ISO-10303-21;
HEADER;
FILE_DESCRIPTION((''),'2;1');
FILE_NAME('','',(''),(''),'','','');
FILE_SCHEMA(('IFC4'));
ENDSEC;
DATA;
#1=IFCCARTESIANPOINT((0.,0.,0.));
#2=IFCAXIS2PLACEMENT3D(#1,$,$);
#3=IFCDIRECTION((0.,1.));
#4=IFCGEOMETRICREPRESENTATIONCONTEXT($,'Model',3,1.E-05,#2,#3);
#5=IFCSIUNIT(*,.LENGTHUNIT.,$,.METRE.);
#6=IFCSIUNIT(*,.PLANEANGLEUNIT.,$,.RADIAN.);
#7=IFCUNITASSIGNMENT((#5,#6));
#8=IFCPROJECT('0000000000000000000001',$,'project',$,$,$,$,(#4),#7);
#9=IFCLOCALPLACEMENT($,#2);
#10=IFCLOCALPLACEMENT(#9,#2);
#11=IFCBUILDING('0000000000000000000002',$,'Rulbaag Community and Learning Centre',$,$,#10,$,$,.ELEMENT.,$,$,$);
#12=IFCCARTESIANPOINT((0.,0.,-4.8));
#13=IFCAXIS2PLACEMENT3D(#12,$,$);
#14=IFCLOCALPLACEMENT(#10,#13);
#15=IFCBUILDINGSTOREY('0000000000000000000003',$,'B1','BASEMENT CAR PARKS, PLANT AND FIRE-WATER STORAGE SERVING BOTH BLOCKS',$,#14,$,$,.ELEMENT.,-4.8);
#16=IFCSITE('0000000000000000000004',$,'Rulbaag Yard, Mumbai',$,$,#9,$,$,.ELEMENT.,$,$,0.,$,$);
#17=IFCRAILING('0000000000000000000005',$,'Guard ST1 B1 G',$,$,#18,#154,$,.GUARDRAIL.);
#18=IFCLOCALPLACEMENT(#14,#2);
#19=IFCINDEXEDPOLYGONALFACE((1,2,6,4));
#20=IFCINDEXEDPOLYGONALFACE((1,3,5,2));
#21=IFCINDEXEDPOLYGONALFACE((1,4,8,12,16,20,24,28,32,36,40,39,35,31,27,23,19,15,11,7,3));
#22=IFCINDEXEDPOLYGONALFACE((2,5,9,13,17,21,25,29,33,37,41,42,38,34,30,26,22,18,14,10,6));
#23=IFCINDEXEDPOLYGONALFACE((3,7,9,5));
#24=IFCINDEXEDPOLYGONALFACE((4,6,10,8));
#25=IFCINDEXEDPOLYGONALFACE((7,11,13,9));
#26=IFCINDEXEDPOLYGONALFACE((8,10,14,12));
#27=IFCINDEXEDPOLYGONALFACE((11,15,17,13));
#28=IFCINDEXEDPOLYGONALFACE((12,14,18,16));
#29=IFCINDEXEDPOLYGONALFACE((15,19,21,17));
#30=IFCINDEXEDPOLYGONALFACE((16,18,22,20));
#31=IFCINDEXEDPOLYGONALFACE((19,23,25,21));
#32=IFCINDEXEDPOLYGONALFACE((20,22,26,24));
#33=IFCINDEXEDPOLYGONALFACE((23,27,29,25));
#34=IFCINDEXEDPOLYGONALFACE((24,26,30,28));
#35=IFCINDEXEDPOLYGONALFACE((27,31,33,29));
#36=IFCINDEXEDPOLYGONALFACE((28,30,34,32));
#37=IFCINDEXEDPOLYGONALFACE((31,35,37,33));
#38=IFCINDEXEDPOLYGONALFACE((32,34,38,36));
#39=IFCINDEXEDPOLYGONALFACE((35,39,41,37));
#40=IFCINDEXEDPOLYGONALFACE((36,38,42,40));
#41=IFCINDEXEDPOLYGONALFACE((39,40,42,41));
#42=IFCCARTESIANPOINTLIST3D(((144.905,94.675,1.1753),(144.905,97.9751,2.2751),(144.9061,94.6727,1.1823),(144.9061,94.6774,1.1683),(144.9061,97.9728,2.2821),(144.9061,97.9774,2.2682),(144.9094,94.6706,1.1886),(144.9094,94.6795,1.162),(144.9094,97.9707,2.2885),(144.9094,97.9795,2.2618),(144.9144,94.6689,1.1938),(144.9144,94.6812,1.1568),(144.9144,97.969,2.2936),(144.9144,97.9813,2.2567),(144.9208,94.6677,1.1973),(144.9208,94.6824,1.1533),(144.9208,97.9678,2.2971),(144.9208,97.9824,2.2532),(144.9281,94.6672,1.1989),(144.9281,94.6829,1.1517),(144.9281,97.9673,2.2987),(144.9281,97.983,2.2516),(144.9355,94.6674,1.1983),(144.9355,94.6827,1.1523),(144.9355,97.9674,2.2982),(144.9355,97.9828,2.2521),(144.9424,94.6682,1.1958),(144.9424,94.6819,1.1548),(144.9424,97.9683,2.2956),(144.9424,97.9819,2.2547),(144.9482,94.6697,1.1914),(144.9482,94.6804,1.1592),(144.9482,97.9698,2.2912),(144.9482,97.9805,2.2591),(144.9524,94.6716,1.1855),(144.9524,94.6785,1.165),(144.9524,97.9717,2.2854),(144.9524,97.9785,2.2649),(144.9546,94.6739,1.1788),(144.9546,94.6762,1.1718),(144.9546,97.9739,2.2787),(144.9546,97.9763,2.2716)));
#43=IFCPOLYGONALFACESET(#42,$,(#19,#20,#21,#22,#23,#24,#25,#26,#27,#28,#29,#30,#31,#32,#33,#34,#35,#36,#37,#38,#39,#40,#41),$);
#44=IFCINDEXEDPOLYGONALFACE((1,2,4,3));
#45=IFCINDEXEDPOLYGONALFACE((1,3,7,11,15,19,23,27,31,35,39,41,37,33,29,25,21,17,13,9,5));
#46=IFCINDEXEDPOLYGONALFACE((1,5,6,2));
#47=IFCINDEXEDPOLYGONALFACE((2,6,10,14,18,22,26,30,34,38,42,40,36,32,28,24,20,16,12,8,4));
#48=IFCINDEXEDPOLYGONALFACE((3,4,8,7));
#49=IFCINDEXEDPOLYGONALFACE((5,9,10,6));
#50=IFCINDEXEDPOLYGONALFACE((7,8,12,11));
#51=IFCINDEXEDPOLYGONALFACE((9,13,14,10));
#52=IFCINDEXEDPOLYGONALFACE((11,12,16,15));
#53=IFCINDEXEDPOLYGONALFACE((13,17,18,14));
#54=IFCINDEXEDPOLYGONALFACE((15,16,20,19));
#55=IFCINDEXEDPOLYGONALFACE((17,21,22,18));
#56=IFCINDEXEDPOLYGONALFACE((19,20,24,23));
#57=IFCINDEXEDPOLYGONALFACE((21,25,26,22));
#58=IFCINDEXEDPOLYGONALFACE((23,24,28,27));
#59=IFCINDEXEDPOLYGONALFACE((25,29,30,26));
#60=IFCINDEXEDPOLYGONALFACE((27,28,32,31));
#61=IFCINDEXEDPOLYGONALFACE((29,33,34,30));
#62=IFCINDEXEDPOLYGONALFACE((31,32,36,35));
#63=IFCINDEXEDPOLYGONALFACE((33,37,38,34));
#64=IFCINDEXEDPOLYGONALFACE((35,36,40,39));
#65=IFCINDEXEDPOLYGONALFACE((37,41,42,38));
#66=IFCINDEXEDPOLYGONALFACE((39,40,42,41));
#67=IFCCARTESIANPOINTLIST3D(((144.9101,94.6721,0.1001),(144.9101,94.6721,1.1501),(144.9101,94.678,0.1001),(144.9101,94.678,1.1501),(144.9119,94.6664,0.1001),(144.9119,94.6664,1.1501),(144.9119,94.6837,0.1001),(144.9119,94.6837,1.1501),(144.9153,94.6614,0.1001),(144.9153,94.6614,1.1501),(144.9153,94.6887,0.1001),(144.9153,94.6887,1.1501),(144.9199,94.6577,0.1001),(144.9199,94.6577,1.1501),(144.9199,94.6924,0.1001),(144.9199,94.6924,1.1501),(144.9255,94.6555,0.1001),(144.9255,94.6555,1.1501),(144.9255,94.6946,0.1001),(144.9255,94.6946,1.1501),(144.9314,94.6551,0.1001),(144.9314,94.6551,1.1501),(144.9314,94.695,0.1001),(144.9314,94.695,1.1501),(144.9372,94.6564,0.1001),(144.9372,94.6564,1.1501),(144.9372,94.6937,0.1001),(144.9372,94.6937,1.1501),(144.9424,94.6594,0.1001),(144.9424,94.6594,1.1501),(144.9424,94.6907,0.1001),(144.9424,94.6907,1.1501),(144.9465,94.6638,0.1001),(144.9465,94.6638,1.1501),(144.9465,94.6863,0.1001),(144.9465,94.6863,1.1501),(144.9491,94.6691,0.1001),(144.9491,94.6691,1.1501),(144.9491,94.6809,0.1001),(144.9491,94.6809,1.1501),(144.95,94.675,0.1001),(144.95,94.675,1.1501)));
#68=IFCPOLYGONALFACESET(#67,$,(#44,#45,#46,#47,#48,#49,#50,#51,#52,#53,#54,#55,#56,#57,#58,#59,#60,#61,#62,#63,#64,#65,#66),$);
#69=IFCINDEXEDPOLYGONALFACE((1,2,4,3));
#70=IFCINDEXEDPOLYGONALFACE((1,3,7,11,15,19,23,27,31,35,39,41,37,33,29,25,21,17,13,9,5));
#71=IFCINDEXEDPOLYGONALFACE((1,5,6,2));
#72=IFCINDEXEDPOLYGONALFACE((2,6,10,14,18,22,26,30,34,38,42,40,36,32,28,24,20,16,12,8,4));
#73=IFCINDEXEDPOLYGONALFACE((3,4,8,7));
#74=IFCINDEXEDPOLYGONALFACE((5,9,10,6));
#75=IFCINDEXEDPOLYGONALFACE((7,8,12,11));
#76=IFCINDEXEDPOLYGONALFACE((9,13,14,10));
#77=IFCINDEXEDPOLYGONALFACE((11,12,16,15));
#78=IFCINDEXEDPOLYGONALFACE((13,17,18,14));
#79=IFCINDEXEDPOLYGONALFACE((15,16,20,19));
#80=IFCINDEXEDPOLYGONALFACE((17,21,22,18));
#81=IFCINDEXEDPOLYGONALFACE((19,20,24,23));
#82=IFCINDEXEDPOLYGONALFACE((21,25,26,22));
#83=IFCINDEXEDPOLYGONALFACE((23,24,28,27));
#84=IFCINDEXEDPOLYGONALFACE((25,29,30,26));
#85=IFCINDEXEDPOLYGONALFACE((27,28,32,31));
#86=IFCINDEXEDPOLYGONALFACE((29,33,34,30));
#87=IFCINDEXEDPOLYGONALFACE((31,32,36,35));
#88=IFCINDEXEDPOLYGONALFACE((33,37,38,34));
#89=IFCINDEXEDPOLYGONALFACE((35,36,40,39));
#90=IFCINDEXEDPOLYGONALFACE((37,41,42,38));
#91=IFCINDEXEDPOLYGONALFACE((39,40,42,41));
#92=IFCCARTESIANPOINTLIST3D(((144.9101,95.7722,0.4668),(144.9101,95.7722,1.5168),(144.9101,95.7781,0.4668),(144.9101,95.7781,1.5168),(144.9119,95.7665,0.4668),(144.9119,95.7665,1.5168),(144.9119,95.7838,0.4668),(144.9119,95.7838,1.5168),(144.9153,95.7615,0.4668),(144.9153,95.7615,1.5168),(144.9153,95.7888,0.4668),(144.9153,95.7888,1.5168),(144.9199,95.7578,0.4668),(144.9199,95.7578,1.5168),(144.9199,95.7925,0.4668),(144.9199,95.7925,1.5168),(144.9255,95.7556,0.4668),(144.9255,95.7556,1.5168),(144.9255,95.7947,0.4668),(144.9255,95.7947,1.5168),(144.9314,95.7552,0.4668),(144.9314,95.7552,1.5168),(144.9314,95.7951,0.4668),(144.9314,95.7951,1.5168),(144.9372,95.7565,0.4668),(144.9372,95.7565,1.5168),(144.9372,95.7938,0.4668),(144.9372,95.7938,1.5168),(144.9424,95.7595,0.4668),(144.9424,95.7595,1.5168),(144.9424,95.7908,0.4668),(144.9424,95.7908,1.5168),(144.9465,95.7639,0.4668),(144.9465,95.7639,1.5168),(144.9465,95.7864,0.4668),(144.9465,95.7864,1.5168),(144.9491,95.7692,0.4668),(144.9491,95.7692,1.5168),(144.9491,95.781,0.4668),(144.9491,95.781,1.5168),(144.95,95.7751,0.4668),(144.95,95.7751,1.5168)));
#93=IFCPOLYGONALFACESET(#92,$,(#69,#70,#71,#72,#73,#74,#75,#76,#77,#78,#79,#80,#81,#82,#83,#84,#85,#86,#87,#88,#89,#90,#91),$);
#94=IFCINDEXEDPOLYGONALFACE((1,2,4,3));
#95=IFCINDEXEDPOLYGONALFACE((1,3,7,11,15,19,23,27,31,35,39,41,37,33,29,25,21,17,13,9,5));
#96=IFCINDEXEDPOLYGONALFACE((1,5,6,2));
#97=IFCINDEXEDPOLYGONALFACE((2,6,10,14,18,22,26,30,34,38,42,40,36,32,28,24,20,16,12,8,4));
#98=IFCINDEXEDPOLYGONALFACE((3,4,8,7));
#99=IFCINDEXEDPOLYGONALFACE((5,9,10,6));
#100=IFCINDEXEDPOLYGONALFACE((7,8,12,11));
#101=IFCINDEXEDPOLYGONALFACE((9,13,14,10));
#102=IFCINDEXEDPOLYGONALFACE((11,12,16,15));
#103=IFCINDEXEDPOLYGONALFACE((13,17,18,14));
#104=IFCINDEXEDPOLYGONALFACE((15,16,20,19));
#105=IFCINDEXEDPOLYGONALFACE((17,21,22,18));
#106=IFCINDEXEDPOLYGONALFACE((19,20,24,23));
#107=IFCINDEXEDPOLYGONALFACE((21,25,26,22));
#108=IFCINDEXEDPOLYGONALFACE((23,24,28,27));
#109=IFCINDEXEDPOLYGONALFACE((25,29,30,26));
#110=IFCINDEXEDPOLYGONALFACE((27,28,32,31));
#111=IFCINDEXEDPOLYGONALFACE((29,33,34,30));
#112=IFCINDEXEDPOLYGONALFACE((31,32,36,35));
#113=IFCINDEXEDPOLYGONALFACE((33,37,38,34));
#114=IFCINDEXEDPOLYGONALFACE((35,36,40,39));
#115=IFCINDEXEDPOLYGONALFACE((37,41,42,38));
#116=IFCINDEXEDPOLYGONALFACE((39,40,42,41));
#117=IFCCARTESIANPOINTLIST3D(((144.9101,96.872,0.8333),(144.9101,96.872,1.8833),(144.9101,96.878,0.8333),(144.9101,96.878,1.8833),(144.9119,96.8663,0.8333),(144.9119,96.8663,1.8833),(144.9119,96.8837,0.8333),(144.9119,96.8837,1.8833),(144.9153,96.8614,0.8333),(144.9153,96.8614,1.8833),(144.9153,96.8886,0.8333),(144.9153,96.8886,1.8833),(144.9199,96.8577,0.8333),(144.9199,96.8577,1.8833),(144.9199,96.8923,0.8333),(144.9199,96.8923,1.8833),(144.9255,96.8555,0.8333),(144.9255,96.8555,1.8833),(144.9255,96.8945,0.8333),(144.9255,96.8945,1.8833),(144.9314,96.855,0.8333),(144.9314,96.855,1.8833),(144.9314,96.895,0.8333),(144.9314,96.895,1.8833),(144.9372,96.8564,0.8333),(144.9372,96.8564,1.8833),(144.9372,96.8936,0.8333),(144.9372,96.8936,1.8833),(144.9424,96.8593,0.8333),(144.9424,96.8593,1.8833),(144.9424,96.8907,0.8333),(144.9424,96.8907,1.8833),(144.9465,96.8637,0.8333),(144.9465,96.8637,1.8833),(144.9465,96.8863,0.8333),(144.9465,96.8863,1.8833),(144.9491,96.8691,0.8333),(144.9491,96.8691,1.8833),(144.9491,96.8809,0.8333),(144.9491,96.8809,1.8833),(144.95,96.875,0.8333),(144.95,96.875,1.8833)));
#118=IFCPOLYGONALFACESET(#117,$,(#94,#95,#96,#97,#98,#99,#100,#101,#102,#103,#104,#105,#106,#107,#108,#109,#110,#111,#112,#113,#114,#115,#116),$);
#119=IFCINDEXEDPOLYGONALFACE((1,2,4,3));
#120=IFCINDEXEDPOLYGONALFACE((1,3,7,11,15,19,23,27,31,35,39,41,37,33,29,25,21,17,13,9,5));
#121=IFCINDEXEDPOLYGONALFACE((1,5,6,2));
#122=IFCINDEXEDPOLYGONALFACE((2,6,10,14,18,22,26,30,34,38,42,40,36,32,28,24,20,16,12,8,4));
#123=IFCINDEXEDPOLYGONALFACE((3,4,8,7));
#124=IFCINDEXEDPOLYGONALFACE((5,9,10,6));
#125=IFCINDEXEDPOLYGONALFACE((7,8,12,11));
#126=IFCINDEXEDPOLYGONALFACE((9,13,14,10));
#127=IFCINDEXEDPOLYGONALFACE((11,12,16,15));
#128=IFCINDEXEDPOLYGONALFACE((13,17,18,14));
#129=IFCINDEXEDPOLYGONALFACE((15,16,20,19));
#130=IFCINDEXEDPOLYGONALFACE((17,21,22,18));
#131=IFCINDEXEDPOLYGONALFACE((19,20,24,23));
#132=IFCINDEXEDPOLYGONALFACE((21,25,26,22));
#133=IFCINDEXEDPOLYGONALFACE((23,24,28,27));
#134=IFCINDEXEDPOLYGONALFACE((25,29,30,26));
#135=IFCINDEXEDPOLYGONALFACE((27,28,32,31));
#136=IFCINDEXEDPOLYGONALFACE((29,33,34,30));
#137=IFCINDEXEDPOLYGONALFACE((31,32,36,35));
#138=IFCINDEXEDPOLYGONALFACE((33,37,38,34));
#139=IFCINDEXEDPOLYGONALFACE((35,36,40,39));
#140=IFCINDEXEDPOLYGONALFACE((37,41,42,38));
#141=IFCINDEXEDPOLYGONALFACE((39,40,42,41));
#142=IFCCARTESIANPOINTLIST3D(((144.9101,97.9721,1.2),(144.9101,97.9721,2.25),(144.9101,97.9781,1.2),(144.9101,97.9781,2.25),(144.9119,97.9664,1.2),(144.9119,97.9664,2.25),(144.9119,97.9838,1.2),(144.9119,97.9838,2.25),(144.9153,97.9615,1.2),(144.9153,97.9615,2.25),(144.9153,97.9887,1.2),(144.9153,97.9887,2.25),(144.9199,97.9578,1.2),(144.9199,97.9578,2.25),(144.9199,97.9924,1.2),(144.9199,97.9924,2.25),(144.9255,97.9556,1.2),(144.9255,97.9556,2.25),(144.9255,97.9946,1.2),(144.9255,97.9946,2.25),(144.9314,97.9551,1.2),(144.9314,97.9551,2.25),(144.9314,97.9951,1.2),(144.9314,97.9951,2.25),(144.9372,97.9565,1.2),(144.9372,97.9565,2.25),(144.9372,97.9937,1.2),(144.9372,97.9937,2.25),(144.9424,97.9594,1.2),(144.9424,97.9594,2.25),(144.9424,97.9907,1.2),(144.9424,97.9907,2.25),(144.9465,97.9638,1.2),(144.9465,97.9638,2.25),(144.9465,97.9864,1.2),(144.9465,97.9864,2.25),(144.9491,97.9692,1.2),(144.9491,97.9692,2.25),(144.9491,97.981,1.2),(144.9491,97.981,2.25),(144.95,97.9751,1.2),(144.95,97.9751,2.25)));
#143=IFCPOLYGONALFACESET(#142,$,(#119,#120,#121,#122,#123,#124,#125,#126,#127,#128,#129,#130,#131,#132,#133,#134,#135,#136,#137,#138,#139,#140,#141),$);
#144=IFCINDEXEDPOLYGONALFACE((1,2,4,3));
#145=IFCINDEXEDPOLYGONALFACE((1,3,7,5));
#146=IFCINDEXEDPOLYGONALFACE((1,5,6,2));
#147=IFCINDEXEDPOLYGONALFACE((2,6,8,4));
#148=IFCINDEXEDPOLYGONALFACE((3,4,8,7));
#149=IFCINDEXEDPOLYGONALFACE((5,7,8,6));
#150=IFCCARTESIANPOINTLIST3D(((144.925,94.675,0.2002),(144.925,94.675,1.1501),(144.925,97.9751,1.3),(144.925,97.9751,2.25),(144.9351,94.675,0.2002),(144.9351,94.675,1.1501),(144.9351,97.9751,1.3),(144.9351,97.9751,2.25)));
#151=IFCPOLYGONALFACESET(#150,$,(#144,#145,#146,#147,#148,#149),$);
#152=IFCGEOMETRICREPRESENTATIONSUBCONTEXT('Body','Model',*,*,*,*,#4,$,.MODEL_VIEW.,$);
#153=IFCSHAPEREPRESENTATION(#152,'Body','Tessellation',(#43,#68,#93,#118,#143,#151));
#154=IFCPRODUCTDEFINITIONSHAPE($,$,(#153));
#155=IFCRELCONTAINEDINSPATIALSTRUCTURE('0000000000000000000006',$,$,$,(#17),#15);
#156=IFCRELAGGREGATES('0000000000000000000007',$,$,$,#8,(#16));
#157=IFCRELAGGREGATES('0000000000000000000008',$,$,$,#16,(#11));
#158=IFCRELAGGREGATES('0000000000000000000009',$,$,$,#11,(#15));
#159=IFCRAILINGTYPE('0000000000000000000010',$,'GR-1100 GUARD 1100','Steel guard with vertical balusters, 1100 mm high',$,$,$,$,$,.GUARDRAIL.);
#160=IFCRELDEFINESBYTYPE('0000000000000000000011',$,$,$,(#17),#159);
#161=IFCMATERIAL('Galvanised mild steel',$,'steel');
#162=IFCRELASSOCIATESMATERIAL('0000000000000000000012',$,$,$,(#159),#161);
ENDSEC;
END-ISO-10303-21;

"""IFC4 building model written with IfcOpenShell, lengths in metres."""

from ifc_helpers import new_model, si_unit, direction, frame, origin, origin_2d, place, context, subcontext, project, spatial, polyline, circle, outline, extrude, material, type_object, element, save


model = new_model("IFC4")

# Units and contexts
model_context = context("Model", 3, precision=1e-05, world=origin(), true_north=direction((0.0, 1.0)))
body_context = subcontext(model_context, "Body", "Model", "MODEL_VIEW")
ifc_project = project(units=[si_unit("LENGTHUNIT", "METRE"), si_unit("PLANEANGLEUNIT", "RADIAN")], contexts=[model_context])

# Site, building, storey
site_placement = place(None, origin())
site = spatial("IfcSite", under=ifc_project, at=site_placement, Name="Rulbaag Yard, Mumbai", CompositionType="ELEMENT", RefElevation=0.0)
building_placement = place(site_placement, origin())
building = spatial("IfcBuilding", under=site, at=building_placement, Name="Rulbaag Community and Learning Centre", CompositionType="ELEMENT")
storey_placement = place(building_placement, frame((0.0, 0.0, -4.8)))
storey = spatial("IfcBuildingStorey", under=building, at=storey_placement, Name="B1", Description="BASEMENT CAR PARKS, PLANT AND FIRE-WATER STORAGE SERVING BOTH BLOCKS", CompositionType="ELEMENT", Elevation=-4.8)

# Railing
ifc_material_1 = material(Name="Galvanised mild steel", Category="steel")
railing_type_1 = type_object("IfcRailingType", Name="GR-1100 GUARD 1100", Description="Steel guard with vertical balusters, 1100 mm high", PredefinedType="GUARDRAIL", material=ifc_material_1)
railing_1_placement = place(storey_placement, frame((144.9299, 94.675, 0.1001)))
element("IfcRailing", 1, at=railing_1_placement, inside=storey, type_object=railing_type_1, Name="Guard ST1 B1 G", PredefinedType="GUARDRAIL", context=body_context, shape_type="SweptSolid", body=[
    extrude(circle(Radius=0.0249, at=origin_2d()), frame((0.0, 0.0, 1.0752), z_axis=(0.0, 0.948697, 0.316186), x_axis=(-1.0, 0.0, 0.0)), (0.0, 0.0, 1.0), 3.4785),
    extrude(circle(Radius=0.02, at=origin_2d()), origin(), (0.0, 0.0, 1.0), 1.05),
    extrude(circle(Radius=0.02, at=origin_2d()), frame((0.0, 1.1001, 0.3667)), (0.0, 0.0, 1.0), 1.05),
    extrude(circle(Radius=0.02, at=origin_2d()), frame((0.0, 2.2, 0.7332)), (0.0, 0.0, 1.0), 1.05),
    extrude(circle(Radius=0.02, at=origin_2d()), frame((0.0, 3.3, 1.0999)), (0.0, 0.0, 1.0), 1.05),
    extrude(outline(polyline([(0.0, 0.0), (3.3, 1.0999), (3.3, 2.0498), (0.0, 0.95), (0.0, 0.0)])), frame((-0.0049, 0.0, 0.1001), z_axis=(1.0, 0.0, 0.0), x_axis=(0.0, 1.0, 0.0)), (0.0, 0.0, 1.0), 0.01),
])

save(model, "model.ifc")
